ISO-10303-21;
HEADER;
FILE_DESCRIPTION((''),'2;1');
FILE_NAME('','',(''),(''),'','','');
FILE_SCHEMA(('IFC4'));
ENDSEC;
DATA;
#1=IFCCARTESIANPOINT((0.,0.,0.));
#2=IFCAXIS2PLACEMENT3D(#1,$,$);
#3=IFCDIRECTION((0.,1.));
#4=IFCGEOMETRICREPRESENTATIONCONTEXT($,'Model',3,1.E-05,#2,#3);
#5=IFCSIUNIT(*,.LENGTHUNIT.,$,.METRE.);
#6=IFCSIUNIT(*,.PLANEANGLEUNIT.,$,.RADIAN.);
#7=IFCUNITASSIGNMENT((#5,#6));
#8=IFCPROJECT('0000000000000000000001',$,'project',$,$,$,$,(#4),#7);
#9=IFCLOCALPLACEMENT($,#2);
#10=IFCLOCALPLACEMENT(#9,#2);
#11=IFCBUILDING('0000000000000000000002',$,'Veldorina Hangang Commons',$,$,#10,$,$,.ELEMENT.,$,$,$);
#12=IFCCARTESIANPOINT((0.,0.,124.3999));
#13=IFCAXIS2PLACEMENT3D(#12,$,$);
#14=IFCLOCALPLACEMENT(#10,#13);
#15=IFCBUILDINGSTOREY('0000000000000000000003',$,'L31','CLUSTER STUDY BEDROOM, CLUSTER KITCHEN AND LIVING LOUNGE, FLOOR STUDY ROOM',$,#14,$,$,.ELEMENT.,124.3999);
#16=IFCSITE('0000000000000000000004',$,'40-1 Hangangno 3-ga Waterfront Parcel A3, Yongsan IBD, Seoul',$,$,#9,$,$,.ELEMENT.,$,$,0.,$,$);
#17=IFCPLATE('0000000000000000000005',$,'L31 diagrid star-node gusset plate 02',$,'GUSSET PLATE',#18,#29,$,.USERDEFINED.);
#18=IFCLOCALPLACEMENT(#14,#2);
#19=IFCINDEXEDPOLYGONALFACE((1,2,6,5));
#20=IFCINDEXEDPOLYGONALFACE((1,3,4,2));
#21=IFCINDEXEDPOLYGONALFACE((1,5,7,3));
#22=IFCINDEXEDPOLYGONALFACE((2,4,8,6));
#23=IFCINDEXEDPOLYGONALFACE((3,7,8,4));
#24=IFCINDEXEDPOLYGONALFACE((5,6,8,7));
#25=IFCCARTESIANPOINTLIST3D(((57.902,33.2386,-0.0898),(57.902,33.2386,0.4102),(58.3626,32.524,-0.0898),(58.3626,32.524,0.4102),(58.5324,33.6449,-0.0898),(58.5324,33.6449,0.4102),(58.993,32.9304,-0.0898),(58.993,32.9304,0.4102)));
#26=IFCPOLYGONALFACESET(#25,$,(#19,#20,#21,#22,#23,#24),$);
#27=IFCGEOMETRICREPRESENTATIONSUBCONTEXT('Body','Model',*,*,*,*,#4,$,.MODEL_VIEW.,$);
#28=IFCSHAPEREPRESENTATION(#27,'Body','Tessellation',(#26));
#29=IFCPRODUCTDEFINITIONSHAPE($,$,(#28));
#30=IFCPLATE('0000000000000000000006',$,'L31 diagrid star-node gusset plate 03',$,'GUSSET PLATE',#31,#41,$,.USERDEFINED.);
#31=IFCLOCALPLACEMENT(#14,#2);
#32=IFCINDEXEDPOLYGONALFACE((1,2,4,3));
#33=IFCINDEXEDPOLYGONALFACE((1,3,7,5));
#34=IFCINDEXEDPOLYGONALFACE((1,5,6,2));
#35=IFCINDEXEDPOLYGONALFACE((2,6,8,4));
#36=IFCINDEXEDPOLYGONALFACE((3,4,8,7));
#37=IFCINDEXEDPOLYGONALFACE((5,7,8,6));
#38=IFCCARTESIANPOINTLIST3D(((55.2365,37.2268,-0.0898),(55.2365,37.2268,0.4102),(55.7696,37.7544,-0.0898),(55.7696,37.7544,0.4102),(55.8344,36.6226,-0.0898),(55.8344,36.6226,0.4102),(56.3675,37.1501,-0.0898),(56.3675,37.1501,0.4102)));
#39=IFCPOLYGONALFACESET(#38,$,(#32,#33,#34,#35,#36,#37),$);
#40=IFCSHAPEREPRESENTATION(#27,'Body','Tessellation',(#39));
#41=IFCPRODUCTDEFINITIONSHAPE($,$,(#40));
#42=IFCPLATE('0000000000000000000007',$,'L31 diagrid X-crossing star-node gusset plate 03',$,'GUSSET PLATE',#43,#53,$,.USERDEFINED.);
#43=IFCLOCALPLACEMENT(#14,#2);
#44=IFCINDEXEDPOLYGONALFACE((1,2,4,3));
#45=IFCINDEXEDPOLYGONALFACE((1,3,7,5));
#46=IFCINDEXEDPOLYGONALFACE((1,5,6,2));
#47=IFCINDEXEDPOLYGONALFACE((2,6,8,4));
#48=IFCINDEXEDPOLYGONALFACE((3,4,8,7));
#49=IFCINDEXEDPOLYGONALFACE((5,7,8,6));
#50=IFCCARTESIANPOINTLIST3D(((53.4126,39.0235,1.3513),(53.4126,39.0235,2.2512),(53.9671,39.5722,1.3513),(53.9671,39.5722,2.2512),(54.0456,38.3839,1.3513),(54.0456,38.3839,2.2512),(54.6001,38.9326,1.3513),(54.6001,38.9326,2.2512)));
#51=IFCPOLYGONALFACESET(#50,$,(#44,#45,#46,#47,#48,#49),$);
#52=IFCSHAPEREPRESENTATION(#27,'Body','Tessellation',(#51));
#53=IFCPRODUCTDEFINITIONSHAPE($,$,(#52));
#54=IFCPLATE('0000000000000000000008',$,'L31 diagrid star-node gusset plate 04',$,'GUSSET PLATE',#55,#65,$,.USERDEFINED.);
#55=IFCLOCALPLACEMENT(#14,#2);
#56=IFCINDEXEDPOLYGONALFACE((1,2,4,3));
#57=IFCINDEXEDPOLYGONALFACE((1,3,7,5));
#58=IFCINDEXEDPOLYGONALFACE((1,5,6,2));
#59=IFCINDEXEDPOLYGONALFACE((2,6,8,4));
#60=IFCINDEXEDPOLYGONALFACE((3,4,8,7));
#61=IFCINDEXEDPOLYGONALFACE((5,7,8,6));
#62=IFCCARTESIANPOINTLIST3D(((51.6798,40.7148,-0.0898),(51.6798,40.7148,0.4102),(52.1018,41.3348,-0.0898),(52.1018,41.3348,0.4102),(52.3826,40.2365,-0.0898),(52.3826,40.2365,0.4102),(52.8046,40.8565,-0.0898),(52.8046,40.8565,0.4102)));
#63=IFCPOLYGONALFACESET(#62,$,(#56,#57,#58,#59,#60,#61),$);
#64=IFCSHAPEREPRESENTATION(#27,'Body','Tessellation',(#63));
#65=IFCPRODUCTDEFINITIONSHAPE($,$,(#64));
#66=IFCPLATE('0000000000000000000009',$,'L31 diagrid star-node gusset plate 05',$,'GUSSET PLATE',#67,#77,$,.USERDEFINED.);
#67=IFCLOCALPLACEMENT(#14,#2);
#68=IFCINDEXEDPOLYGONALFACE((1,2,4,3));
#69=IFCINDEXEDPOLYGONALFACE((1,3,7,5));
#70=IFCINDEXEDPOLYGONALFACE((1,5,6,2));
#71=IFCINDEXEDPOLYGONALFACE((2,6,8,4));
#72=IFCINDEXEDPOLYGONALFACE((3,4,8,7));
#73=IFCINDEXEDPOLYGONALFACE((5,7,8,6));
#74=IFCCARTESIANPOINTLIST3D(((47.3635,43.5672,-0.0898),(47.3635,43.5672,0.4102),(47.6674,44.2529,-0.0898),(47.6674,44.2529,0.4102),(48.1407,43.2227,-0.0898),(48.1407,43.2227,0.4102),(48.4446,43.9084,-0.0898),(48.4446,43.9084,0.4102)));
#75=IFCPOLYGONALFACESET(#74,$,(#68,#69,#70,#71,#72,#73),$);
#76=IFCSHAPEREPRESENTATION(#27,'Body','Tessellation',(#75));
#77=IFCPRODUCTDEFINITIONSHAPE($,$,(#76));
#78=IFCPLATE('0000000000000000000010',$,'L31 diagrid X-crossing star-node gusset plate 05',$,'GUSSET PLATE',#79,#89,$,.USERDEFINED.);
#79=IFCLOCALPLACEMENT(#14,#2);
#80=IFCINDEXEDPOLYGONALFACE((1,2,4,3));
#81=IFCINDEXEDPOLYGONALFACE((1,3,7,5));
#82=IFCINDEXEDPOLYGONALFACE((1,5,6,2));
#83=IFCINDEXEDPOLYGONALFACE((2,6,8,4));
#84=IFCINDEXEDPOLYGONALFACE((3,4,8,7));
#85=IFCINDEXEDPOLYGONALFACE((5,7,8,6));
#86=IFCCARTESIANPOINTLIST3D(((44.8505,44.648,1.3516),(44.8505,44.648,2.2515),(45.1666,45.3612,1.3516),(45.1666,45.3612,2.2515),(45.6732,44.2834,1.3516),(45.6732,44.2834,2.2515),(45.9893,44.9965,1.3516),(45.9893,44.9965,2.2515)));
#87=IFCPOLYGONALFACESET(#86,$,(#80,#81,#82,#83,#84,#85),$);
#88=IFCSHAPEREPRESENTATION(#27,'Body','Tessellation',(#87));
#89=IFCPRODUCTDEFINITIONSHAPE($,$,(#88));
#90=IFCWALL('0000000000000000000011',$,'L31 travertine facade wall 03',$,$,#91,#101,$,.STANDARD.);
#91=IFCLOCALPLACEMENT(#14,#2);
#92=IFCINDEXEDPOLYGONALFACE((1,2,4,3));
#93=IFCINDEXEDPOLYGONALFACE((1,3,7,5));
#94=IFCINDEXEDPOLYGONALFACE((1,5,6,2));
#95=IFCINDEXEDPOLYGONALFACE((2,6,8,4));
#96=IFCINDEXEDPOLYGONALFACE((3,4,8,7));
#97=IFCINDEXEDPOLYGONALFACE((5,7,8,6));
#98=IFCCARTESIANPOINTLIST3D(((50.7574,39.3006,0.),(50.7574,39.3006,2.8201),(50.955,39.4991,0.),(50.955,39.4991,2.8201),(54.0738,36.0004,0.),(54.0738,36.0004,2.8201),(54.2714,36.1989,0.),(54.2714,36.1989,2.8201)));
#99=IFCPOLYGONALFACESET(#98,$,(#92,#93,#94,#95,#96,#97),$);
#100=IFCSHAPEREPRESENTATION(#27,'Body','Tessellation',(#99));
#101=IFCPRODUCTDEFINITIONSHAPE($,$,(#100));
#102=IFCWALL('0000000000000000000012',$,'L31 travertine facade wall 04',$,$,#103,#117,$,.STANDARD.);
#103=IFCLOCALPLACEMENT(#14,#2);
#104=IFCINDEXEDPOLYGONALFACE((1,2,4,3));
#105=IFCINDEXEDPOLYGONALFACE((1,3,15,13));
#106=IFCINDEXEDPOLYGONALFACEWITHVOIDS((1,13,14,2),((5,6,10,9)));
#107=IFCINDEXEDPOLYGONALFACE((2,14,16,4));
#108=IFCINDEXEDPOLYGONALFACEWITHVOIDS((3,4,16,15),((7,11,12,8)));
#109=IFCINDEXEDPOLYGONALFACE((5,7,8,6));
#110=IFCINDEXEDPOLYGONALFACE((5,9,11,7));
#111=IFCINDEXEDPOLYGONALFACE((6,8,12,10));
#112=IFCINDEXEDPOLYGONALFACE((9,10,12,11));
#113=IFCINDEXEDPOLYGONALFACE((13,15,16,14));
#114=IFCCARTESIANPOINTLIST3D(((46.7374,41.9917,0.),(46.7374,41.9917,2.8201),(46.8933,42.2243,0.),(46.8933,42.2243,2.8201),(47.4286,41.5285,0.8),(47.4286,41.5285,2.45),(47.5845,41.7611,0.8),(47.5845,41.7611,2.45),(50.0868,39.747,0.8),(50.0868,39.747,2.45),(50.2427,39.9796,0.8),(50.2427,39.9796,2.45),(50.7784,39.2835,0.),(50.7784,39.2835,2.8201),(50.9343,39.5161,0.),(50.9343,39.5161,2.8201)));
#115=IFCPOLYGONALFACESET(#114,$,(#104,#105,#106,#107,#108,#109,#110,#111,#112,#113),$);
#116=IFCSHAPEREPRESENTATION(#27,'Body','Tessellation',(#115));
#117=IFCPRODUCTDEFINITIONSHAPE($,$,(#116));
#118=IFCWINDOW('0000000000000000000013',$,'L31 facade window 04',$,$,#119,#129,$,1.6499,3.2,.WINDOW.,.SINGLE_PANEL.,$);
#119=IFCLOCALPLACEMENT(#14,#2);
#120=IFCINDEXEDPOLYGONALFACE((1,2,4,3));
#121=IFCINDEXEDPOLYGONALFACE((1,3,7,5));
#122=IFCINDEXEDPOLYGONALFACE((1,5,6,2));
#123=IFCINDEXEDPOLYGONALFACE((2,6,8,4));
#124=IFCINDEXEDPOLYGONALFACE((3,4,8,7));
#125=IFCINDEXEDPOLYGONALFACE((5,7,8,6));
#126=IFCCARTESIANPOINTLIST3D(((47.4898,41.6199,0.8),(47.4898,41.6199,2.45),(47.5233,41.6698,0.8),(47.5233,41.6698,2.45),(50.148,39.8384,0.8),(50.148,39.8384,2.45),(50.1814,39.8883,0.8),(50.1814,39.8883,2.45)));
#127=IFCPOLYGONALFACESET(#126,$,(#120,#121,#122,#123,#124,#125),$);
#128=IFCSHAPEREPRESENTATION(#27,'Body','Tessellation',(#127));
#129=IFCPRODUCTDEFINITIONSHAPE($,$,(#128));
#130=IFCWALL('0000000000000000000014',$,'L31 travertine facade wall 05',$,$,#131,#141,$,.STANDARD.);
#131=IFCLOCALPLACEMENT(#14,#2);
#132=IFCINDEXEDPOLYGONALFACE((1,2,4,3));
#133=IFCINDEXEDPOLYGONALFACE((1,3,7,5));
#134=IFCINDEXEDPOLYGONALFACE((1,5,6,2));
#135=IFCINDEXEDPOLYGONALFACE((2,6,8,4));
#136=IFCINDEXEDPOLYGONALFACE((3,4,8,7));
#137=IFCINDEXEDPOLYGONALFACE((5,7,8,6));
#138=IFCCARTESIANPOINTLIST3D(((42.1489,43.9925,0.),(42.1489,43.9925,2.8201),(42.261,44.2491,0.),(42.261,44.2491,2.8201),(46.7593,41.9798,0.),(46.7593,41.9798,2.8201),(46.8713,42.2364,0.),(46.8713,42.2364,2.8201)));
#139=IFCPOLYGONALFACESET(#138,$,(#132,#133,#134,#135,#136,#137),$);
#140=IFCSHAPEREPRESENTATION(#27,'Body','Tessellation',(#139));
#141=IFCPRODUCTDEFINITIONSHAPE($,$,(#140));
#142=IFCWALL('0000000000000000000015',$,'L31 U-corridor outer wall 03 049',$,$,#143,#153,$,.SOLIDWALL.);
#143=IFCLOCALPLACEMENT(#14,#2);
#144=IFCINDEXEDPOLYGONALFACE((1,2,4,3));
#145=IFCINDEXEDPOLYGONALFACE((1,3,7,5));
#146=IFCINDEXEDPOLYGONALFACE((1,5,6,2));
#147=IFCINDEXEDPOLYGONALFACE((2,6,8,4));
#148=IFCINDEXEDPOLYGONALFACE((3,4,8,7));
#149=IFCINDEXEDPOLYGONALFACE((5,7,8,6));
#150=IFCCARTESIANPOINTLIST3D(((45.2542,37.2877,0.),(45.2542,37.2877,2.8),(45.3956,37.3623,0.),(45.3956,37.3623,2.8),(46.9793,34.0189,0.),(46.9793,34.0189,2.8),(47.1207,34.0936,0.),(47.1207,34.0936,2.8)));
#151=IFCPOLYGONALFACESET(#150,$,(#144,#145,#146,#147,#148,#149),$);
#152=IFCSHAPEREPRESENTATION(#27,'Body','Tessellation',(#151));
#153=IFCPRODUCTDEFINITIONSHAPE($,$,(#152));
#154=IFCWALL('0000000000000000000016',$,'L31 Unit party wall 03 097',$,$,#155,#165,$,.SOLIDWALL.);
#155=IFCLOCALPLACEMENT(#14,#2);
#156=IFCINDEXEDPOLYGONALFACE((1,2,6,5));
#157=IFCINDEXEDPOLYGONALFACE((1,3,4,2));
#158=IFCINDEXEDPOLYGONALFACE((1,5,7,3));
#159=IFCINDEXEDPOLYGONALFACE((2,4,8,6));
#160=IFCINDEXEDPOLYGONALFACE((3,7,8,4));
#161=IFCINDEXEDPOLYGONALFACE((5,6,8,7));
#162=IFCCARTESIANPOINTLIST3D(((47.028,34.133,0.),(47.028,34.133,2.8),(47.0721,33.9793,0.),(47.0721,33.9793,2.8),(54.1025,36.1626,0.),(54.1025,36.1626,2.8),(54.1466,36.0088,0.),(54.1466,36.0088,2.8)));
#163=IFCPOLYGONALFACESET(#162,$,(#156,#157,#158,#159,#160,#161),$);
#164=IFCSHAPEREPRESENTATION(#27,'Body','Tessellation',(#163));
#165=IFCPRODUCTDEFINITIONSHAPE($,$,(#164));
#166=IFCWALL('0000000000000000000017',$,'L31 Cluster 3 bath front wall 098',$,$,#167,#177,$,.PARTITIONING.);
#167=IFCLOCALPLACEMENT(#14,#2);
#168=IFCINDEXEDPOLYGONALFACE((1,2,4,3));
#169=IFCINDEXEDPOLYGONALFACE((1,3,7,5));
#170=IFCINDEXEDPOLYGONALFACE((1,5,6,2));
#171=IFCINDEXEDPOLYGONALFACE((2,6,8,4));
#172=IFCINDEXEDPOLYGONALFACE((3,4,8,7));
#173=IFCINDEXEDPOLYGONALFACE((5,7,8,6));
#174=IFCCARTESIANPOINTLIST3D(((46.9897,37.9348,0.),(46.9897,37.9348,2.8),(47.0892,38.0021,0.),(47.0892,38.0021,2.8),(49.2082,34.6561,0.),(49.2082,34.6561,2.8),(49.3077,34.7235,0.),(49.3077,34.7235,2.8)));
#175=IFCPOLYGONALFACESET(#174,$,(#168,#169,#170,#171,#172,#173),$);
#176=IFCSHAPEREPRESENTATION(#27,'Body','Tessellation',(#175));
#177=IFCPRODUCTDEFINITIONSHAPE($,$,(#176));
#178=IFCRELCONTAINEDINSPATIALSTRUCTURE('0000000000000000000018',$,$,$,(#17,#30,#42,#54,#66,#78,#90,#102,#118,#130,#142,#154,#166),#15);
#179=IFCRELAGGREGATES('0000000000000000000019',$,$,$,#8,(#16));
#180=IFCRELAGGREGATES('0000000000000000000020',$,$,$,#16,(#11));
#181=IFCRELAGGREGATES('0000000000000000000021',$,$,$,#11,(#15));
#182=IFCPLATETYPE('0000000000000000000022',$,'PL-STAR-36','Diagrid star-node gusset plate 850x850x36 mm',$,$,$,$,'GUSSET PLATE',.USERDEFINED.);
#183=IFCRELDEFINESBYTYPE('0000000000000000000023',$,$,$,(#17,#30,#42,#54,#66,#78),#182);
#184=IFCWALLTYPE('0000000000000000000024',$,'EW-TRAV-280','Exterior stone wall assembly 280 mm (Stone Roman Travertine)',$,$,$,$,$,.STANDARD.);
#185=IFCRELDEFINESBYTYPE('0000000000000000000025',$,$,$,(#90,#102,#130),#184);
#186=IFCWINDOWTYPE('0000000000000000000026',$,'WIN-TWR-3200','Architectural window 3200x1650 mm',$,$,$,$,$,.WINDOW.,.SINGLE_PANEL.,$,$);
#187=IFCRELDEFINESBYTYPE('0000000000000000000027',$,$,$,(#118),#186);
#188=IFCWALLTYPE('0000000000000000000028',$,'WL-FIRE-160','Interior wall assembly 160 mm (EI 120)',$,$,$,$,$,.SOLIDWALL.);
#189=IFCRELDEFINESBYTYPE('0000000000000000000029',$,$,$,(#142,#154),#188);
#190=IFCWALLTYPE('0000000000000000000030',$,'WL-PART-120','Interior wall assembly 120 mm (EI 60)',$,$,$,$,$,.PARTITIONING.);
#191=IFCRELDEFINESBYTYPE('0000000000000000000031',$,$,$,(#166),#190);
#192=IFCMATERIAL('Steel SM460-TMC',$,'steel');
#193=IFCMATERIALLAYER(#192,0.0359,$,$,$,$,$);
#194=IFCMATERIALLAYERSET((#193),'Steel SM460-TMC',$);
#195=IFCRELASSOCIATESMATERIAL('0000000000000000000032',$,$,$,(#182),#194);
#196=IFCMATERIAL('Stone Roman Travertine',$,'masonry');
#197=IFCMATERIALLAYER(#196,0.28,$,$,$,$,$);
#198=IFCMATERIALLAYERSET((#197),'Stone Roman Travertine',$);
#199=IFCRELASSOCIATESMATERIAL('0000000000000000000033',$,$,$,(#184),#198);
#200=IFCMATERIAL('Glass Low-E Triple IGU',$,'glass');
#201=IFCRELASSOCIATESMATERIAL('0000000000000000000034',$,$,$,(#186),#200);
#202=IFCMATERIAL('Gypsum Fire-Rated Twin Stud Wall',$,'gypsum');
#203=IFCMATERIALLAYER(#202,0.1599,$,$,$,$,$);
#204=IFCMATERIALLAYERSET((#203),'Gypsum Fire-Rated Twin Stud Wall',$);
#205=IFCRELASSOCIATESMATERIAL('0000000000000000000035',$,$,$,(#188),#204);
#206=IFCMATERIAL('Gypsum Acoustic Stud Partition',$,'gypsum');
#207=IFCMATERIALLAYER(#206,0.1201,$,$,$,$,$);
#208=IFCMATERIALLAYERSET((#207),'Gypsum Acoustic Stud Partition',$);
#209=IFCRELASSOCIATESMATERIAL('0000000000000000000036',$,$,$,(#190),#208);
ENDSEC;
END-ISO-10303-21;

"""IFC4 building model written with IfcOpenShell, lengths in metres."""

from ifc_helpers import new_model, si_unit, direction, frame, frame_2d, origin, origin_2d, place, context, subcontext, project, spatial, rectangle, extrude, material, layer, layer_set, type_object, element, fill, save


model = new_model("IFC4")

# Units and contexts
model_context = context("Model", 3, precision=1e-05, world=origin(), true_north=direction((0.0, 1.0)))
body_context = subcontext(model_context, "Body", "Model", "MODEL_VIEW")
ifc_project = project(units=[si_unit("LENGTHUNIT", "METRE"), si_unit("PLANEANGLEUNIT", "RADIAN")], contexts=[model_context])

# Site, building, storey
site_placement = place(None, origin())
site = spatial("IfcSite", under=ifc_project, at=site_placement, Name="40-1 Hangangno 3-ga Waterfront Parcel A3, Yongsan IBD, Seoul", CompositionType="ELEMENT", RefElevation=0.0)
building_placement = place(site_placement, origin())
building = spatial("IfcBuilding", under=site, at=building_placement, Name="Veldorina Hangang Commons", CompositionType="ELEMENT")
storey_placement = place(building_placement, frame((0.0, 0.0, 124.3999)))
storey = spatial("IfcBuildingStorey", under=building, at=storey_placement, Name="L31", Description="CLUSTER STUDY BEDROOM, CLUSTER KITCHEN AND LIVING LOUNGE, FLOOR STUDY ROOM", CompositionType="ELEMENT", Elevation=124.3999)

# Plates
ifc_material_1 = material(Name="Steel SM460-TMC", Category="steel")
ifc_layer_1 = layer(ifc_material_1, 0.0359)
ifc_layer_set_1 = layer_set([ifc_layer_1], Name="Steel SM460-TMC")
plate_type = type_object("IfcPlateType", Name="PL-STAR-36", Description="Diagrid star-node gusset plate 850x850x36 mm", ElementType="GUSSET PLATE", PredefinedType="USERDEFINED", material=ifc_layer_set_1)
for number, where, z_axis, x_axis, name in (
    (1, (58.4475, 33.0845, -0.0898), (0.0, 0.0, 1.0), (-0.541782, 0.840519, 0.0), "L31 diagrid star-node gusset plate 02"),
    (2, (55.802, 37.1885, -0.0898), (0.0, 0.0, 1.0), (-0.70342, 0.710775, 0.0), "L31 diagrid star-node gusset plate 03"),
):
    element("IfcPlate", number, at=place(storey_placement, frame(where, z_axis=z_axis, x_axis=x_axis)), inside=storey, type_object=plate_type, Name=name, ObjectType="GUSSET PLATE", PredefinedType="USERDEFINED", context=body_context, shape_type="SweptSolid", body=[
        extrude(rectangle(XDim=0.8501, YDim=0.75, at=origin_2d()), origin(), (0.0, 0.0, 1.0), 0.5),
    ])
plate_1_placement = place(storey_placement, frame((54.0063, 38.978, 1.3513), z_axis=(0.0, 0.0, 1.0), x_axis=(-0.70342, 0.710775, 0.0)))
element("IfcPlate", 3, at=plate_1_placement, inside=storey, type_object=plate_type, Name="L31 diagrid X-crossing star-node gusset plate 03", ObjectType="GUSSET PLATE", PredefinedType="USERDEFINED", context=body_context, shape_type="SweptSolid", body=[
    extrude(rectangle(XDim=0.8999, YDim=0.78, at=origin_2d()), origin(), (0.0, 0.0, 1.0), 0.8999),
])
for number, where, z_axis, x_axis, name in (
    (4, (52.2422, 40.7856, -0.0898), (0.0, 0.0, 1.0), (-0.826717, 0.562617, 0.0), "L31 diagrid star-node gusset plate 04"),
    (5, (47.9041, 43.7378, -0.0898), (0.0, 0.0, 1.0), (-0.914219, 0.405221, 0.0), "L31 diagrid star-node gusset plate 05"),
):
    element("IfcPlate", number, at=place(storey_placement, frame(where, z_axis=z_axis, x_axis=x_axis)), inside=storey, type_object=plate_type, Name=name, ObjectType="GUSSET PLATE", PredefinedType="USERDEFINED", context=body_context, shape_type="SweptSolid", body=[
        extrude(rectangle(XDim=0.8501, YDim=0.75, at=origin_2d()), origin(), (0.0, 0.0, 1.0), 0.5),
    ])
plate_2_placement = place(storey_placement, frame((45.4199, 44.8223, 1.3516), z_axis=(0.0, 0.0, 1.0), x_axis=(-0.914219, 0.405221, 0.0)))
element("IfcPlate", 6, at=plate_2_placement, inside=storey, type_object=plate_type, Name="L31 diagrid X-crossing star-node gusset plate 05", ObjectType="GUSSET PLATE", PredefinedType="USERDEFINED", context=body_context, shape_type="SweptSolid", body=[
    extrude(rectangle(XDim=0.8999, YDim=0.78, at=origin_2d()), origin(), (0.0, 0.0, 1.0), 0.8999),
])

# Wall
ifc_material_2 = material(Name="Stone Roman Travertine", Category="masonry")
ifc_layer_2 = layer(ifc_material_2, 0.28)
ifc_layer_set_2 = layer_set([ifc_layer_2], Name="Stone Roman Travertine")
wall_type_1 = type_object("IfcWallType", Name="EW-TRAV-280", Description="Exterior stone wall assembly 280 mm (Stone Roman Travertine)", PredefinedType="STANDARD", material=ifc_layer_set_2)
wall_1_placement = place(storey_placement, frame((54.1726, 36.0996, 0.0), z_axis=(0.0, 0.0, 1.0), x_axis=(-0.708827, 0.705383, 0.0)))
element("IfcWall", 7, at=wall_1_placement, inside=storey, type_object=wall_type_1, Name="L31 travertine facade wall 03", PredefinedType="STANDARD", context=body_context, shape_type="SweptSolid", body=[
    extrude(rectangle(XDim=4.6787, YDim=0.28, at=frame_2d((2.3394, 0.0))), origin(), (0.0, 0.0, 1.0), 2.8201),
])

# Wall, opening, window
wall_2_placement = place(storey_placement, frame((50.8562, 39.3999, 0.0), z_axis=(0.0, 0.0, 1.0), x_axis=(-0.830697, 0.556725, 0.0)))
wall_2 = element("IfcWall", 8, at=wall_2_placement, inside=storey, type_object=wall_type_1, Name="L31 travertine facade wall 04", PredefinedType="STANDARD", context=body_context, shape_type="SweptSolid", body=[
    extrude(rectangle(XDim=4.8645, YDim=0.28, at=frame_2d((2.4321, 0.0))), origin(), (0.0, 0.0, 1.0), 2.8201),
])
opening_1_placement = place(wall_2_placement, frame((0.8323, 0.0, 0.8)))
opening_1 = element("IfcOpeningElement", 9, at=opening_1_placement, cuts=wall_2, PredefinedType="OPENING", context=body_context, shape_type="SweptSolid", body=[
    extrude(rectangle(XDim=3.2, YDim=1.6499, at=frame_2d((1.6001, 0.825))), frame((0.0, 0.1499, 0.0), z_axis=(0.0, -1.0, 0.0), x_axis=(1.0, 0.0, 0.0)), (0.0, 0.0, 1.0), 0.3),
])
ifc_material_3 = material(Name="Glass Low-E Triple IGU", Category="glass")
window_type = type_object("IfcWindowType", Name="WIN-TWR-3200", Description="Architectural window 3200x1650 mm", PartitioningType="SINGLE_PANEL", PredefinedType="WINDOW", material=ifc_material_3)
window_placement = place(opening_1_placement, origin())
window = element("IfcWindow", 10, at=window_placement, inside=storey, type_object=window_type, Name="L31 facade window 04", OverallHeight=1.6499, OverallWidth=3.2, PartitioningType="SINGLE_PANEL", PredefinedType="WINDOW", context=body_context, shape_type="SweptSolid", body=[
    extrude(rectangle(XDim=3.2, YDim=1.6499, at=frame_2d((1.6001, 0.825))), frame((0.0, 0.03, 0.0), z_axis=(0.0, -1.0, 0.0), x_axis=(1.0, 0.0, 0.0)), (0.0, 0.0, 1.0), 0.0601),
])
fill(opening_1, window)

# Walls
wall_3_placement = place(storey_placement, frame((46.8152, 42.1082, 0.0), z_axis=(0.0, 0.0, 1.0), x_axis=(-0.916473, 0.400096, 0.0)))
element("IfcWall", 11, at=wall_3_placement, inside=storey, type_object=wall_type_1, Name="L31 travertine facade wall 05", PredefinedType="STANDARD", context=body_context, shape_type="SweptSolid", body=[
    extrude(rectangle(XDim=5.0305, YDim=0.28, at=frame_2d((2.5151, 0.0))), origin(), (0.0, 0.0, 1.0), 2.8201),
])
ifc_material_4 = material(Name="Gypsum Fire-Rated Twin Stud Wall", Category="gypsum")
ifc_layer_3 = layer(ifc_material_4, 0.1599)
ifc_layer_set_3 = layer_set([ifc_layer_3], Name="Gypsum Fire-Rated Twin Stud Wall")
wall_type_2 = type_object("IfcWallType", Name="WL-FIRE-160", Description="Interior wall assembly 160 mm (EI 120)", PredefinedType="SOLIDWALL", material=ifc_layer_set_3)
wall_4_placement = place(storey_placement, frame((47.05, 34.0562, 0.0), z_axis=(0.0, 0.0, 1.0), x_axis=(-0.466737, 0.884396, 0.0)))
element("IfcWall", 12, at=wall_4_placement, inside=storey, type_object=wall_type_2, Name="L31 U-corridor outer wall 03 049", PredefinedType="SOLIDWALL", context=body_context, shape_type="SweptSolid", body=[
    extrude(rectangle(XDim=3.696, YDim=0.1599, at=frame_2d((1.8481, 0.0))), origin(), (0.0, 0.0, 1.0), 2.8),
])
wall_5_placement = place(storey_placement, frame((47.05, 34.0562, 0.0), z_axis=(0.0, 0.0, 1.0), x_axis=(0.961227, 0.275759, 0.0)))
element("IfcWall", 13, at=wall_5_placement, inside=storey, type_object=wall_type_2, Name="L31 Unit party wall 03 097", PredefinedType="SOLIDWALL", context=body_context, shape_type="SweptSolid", body=[
    extrude(rectangle(XDim=7.3599, YDim=0.1599, at=frame_2d((3.6799, 0.0))), origin(), (0.0, 0.0, 1.0), 2.8),
])
ifc_material_5 = material(Name="Gypsum Acoustic Stud Partition", Category="gypsum")
ifc_layer_4 = layer(ifc_material_5, 0.1201)
ifc_layer_set_4 = layer_set([ifc_layer_4], Name="Gypsum Acoustic Stud Partition")
wall_type_3 = type_object("IfcWallType", Name="WL-PART-120", Description="Interior wall assembly 120 mm (EI 60)", PredefinedType="PARTITIONING", material=ifc_layer_set_4)
wall_6_placement = place(storey_placement, frame((49.2581, 34.6897, 0.0), z_axis=(0.0, 0.0, 1.0), x_axis=(-0.560423, 0.828207, 0.0)))
element("IfcWall", 14, at=wall_6_placement, inside=storey, type_object=wall_type_3, Name="L31 Cluster 3 bath front wall 098", PredefinedType="PARTITIONING", context=body_context, shape_type="SweptSolid", body=[
    extrude(rectangle(XDim=3.9587, YDim=0.1201, at=frame_2d((1.9795, 0.0))), origin(), (0.0, 0.0, 1.0), 2.8),
])

save(model, "model.ifc")
